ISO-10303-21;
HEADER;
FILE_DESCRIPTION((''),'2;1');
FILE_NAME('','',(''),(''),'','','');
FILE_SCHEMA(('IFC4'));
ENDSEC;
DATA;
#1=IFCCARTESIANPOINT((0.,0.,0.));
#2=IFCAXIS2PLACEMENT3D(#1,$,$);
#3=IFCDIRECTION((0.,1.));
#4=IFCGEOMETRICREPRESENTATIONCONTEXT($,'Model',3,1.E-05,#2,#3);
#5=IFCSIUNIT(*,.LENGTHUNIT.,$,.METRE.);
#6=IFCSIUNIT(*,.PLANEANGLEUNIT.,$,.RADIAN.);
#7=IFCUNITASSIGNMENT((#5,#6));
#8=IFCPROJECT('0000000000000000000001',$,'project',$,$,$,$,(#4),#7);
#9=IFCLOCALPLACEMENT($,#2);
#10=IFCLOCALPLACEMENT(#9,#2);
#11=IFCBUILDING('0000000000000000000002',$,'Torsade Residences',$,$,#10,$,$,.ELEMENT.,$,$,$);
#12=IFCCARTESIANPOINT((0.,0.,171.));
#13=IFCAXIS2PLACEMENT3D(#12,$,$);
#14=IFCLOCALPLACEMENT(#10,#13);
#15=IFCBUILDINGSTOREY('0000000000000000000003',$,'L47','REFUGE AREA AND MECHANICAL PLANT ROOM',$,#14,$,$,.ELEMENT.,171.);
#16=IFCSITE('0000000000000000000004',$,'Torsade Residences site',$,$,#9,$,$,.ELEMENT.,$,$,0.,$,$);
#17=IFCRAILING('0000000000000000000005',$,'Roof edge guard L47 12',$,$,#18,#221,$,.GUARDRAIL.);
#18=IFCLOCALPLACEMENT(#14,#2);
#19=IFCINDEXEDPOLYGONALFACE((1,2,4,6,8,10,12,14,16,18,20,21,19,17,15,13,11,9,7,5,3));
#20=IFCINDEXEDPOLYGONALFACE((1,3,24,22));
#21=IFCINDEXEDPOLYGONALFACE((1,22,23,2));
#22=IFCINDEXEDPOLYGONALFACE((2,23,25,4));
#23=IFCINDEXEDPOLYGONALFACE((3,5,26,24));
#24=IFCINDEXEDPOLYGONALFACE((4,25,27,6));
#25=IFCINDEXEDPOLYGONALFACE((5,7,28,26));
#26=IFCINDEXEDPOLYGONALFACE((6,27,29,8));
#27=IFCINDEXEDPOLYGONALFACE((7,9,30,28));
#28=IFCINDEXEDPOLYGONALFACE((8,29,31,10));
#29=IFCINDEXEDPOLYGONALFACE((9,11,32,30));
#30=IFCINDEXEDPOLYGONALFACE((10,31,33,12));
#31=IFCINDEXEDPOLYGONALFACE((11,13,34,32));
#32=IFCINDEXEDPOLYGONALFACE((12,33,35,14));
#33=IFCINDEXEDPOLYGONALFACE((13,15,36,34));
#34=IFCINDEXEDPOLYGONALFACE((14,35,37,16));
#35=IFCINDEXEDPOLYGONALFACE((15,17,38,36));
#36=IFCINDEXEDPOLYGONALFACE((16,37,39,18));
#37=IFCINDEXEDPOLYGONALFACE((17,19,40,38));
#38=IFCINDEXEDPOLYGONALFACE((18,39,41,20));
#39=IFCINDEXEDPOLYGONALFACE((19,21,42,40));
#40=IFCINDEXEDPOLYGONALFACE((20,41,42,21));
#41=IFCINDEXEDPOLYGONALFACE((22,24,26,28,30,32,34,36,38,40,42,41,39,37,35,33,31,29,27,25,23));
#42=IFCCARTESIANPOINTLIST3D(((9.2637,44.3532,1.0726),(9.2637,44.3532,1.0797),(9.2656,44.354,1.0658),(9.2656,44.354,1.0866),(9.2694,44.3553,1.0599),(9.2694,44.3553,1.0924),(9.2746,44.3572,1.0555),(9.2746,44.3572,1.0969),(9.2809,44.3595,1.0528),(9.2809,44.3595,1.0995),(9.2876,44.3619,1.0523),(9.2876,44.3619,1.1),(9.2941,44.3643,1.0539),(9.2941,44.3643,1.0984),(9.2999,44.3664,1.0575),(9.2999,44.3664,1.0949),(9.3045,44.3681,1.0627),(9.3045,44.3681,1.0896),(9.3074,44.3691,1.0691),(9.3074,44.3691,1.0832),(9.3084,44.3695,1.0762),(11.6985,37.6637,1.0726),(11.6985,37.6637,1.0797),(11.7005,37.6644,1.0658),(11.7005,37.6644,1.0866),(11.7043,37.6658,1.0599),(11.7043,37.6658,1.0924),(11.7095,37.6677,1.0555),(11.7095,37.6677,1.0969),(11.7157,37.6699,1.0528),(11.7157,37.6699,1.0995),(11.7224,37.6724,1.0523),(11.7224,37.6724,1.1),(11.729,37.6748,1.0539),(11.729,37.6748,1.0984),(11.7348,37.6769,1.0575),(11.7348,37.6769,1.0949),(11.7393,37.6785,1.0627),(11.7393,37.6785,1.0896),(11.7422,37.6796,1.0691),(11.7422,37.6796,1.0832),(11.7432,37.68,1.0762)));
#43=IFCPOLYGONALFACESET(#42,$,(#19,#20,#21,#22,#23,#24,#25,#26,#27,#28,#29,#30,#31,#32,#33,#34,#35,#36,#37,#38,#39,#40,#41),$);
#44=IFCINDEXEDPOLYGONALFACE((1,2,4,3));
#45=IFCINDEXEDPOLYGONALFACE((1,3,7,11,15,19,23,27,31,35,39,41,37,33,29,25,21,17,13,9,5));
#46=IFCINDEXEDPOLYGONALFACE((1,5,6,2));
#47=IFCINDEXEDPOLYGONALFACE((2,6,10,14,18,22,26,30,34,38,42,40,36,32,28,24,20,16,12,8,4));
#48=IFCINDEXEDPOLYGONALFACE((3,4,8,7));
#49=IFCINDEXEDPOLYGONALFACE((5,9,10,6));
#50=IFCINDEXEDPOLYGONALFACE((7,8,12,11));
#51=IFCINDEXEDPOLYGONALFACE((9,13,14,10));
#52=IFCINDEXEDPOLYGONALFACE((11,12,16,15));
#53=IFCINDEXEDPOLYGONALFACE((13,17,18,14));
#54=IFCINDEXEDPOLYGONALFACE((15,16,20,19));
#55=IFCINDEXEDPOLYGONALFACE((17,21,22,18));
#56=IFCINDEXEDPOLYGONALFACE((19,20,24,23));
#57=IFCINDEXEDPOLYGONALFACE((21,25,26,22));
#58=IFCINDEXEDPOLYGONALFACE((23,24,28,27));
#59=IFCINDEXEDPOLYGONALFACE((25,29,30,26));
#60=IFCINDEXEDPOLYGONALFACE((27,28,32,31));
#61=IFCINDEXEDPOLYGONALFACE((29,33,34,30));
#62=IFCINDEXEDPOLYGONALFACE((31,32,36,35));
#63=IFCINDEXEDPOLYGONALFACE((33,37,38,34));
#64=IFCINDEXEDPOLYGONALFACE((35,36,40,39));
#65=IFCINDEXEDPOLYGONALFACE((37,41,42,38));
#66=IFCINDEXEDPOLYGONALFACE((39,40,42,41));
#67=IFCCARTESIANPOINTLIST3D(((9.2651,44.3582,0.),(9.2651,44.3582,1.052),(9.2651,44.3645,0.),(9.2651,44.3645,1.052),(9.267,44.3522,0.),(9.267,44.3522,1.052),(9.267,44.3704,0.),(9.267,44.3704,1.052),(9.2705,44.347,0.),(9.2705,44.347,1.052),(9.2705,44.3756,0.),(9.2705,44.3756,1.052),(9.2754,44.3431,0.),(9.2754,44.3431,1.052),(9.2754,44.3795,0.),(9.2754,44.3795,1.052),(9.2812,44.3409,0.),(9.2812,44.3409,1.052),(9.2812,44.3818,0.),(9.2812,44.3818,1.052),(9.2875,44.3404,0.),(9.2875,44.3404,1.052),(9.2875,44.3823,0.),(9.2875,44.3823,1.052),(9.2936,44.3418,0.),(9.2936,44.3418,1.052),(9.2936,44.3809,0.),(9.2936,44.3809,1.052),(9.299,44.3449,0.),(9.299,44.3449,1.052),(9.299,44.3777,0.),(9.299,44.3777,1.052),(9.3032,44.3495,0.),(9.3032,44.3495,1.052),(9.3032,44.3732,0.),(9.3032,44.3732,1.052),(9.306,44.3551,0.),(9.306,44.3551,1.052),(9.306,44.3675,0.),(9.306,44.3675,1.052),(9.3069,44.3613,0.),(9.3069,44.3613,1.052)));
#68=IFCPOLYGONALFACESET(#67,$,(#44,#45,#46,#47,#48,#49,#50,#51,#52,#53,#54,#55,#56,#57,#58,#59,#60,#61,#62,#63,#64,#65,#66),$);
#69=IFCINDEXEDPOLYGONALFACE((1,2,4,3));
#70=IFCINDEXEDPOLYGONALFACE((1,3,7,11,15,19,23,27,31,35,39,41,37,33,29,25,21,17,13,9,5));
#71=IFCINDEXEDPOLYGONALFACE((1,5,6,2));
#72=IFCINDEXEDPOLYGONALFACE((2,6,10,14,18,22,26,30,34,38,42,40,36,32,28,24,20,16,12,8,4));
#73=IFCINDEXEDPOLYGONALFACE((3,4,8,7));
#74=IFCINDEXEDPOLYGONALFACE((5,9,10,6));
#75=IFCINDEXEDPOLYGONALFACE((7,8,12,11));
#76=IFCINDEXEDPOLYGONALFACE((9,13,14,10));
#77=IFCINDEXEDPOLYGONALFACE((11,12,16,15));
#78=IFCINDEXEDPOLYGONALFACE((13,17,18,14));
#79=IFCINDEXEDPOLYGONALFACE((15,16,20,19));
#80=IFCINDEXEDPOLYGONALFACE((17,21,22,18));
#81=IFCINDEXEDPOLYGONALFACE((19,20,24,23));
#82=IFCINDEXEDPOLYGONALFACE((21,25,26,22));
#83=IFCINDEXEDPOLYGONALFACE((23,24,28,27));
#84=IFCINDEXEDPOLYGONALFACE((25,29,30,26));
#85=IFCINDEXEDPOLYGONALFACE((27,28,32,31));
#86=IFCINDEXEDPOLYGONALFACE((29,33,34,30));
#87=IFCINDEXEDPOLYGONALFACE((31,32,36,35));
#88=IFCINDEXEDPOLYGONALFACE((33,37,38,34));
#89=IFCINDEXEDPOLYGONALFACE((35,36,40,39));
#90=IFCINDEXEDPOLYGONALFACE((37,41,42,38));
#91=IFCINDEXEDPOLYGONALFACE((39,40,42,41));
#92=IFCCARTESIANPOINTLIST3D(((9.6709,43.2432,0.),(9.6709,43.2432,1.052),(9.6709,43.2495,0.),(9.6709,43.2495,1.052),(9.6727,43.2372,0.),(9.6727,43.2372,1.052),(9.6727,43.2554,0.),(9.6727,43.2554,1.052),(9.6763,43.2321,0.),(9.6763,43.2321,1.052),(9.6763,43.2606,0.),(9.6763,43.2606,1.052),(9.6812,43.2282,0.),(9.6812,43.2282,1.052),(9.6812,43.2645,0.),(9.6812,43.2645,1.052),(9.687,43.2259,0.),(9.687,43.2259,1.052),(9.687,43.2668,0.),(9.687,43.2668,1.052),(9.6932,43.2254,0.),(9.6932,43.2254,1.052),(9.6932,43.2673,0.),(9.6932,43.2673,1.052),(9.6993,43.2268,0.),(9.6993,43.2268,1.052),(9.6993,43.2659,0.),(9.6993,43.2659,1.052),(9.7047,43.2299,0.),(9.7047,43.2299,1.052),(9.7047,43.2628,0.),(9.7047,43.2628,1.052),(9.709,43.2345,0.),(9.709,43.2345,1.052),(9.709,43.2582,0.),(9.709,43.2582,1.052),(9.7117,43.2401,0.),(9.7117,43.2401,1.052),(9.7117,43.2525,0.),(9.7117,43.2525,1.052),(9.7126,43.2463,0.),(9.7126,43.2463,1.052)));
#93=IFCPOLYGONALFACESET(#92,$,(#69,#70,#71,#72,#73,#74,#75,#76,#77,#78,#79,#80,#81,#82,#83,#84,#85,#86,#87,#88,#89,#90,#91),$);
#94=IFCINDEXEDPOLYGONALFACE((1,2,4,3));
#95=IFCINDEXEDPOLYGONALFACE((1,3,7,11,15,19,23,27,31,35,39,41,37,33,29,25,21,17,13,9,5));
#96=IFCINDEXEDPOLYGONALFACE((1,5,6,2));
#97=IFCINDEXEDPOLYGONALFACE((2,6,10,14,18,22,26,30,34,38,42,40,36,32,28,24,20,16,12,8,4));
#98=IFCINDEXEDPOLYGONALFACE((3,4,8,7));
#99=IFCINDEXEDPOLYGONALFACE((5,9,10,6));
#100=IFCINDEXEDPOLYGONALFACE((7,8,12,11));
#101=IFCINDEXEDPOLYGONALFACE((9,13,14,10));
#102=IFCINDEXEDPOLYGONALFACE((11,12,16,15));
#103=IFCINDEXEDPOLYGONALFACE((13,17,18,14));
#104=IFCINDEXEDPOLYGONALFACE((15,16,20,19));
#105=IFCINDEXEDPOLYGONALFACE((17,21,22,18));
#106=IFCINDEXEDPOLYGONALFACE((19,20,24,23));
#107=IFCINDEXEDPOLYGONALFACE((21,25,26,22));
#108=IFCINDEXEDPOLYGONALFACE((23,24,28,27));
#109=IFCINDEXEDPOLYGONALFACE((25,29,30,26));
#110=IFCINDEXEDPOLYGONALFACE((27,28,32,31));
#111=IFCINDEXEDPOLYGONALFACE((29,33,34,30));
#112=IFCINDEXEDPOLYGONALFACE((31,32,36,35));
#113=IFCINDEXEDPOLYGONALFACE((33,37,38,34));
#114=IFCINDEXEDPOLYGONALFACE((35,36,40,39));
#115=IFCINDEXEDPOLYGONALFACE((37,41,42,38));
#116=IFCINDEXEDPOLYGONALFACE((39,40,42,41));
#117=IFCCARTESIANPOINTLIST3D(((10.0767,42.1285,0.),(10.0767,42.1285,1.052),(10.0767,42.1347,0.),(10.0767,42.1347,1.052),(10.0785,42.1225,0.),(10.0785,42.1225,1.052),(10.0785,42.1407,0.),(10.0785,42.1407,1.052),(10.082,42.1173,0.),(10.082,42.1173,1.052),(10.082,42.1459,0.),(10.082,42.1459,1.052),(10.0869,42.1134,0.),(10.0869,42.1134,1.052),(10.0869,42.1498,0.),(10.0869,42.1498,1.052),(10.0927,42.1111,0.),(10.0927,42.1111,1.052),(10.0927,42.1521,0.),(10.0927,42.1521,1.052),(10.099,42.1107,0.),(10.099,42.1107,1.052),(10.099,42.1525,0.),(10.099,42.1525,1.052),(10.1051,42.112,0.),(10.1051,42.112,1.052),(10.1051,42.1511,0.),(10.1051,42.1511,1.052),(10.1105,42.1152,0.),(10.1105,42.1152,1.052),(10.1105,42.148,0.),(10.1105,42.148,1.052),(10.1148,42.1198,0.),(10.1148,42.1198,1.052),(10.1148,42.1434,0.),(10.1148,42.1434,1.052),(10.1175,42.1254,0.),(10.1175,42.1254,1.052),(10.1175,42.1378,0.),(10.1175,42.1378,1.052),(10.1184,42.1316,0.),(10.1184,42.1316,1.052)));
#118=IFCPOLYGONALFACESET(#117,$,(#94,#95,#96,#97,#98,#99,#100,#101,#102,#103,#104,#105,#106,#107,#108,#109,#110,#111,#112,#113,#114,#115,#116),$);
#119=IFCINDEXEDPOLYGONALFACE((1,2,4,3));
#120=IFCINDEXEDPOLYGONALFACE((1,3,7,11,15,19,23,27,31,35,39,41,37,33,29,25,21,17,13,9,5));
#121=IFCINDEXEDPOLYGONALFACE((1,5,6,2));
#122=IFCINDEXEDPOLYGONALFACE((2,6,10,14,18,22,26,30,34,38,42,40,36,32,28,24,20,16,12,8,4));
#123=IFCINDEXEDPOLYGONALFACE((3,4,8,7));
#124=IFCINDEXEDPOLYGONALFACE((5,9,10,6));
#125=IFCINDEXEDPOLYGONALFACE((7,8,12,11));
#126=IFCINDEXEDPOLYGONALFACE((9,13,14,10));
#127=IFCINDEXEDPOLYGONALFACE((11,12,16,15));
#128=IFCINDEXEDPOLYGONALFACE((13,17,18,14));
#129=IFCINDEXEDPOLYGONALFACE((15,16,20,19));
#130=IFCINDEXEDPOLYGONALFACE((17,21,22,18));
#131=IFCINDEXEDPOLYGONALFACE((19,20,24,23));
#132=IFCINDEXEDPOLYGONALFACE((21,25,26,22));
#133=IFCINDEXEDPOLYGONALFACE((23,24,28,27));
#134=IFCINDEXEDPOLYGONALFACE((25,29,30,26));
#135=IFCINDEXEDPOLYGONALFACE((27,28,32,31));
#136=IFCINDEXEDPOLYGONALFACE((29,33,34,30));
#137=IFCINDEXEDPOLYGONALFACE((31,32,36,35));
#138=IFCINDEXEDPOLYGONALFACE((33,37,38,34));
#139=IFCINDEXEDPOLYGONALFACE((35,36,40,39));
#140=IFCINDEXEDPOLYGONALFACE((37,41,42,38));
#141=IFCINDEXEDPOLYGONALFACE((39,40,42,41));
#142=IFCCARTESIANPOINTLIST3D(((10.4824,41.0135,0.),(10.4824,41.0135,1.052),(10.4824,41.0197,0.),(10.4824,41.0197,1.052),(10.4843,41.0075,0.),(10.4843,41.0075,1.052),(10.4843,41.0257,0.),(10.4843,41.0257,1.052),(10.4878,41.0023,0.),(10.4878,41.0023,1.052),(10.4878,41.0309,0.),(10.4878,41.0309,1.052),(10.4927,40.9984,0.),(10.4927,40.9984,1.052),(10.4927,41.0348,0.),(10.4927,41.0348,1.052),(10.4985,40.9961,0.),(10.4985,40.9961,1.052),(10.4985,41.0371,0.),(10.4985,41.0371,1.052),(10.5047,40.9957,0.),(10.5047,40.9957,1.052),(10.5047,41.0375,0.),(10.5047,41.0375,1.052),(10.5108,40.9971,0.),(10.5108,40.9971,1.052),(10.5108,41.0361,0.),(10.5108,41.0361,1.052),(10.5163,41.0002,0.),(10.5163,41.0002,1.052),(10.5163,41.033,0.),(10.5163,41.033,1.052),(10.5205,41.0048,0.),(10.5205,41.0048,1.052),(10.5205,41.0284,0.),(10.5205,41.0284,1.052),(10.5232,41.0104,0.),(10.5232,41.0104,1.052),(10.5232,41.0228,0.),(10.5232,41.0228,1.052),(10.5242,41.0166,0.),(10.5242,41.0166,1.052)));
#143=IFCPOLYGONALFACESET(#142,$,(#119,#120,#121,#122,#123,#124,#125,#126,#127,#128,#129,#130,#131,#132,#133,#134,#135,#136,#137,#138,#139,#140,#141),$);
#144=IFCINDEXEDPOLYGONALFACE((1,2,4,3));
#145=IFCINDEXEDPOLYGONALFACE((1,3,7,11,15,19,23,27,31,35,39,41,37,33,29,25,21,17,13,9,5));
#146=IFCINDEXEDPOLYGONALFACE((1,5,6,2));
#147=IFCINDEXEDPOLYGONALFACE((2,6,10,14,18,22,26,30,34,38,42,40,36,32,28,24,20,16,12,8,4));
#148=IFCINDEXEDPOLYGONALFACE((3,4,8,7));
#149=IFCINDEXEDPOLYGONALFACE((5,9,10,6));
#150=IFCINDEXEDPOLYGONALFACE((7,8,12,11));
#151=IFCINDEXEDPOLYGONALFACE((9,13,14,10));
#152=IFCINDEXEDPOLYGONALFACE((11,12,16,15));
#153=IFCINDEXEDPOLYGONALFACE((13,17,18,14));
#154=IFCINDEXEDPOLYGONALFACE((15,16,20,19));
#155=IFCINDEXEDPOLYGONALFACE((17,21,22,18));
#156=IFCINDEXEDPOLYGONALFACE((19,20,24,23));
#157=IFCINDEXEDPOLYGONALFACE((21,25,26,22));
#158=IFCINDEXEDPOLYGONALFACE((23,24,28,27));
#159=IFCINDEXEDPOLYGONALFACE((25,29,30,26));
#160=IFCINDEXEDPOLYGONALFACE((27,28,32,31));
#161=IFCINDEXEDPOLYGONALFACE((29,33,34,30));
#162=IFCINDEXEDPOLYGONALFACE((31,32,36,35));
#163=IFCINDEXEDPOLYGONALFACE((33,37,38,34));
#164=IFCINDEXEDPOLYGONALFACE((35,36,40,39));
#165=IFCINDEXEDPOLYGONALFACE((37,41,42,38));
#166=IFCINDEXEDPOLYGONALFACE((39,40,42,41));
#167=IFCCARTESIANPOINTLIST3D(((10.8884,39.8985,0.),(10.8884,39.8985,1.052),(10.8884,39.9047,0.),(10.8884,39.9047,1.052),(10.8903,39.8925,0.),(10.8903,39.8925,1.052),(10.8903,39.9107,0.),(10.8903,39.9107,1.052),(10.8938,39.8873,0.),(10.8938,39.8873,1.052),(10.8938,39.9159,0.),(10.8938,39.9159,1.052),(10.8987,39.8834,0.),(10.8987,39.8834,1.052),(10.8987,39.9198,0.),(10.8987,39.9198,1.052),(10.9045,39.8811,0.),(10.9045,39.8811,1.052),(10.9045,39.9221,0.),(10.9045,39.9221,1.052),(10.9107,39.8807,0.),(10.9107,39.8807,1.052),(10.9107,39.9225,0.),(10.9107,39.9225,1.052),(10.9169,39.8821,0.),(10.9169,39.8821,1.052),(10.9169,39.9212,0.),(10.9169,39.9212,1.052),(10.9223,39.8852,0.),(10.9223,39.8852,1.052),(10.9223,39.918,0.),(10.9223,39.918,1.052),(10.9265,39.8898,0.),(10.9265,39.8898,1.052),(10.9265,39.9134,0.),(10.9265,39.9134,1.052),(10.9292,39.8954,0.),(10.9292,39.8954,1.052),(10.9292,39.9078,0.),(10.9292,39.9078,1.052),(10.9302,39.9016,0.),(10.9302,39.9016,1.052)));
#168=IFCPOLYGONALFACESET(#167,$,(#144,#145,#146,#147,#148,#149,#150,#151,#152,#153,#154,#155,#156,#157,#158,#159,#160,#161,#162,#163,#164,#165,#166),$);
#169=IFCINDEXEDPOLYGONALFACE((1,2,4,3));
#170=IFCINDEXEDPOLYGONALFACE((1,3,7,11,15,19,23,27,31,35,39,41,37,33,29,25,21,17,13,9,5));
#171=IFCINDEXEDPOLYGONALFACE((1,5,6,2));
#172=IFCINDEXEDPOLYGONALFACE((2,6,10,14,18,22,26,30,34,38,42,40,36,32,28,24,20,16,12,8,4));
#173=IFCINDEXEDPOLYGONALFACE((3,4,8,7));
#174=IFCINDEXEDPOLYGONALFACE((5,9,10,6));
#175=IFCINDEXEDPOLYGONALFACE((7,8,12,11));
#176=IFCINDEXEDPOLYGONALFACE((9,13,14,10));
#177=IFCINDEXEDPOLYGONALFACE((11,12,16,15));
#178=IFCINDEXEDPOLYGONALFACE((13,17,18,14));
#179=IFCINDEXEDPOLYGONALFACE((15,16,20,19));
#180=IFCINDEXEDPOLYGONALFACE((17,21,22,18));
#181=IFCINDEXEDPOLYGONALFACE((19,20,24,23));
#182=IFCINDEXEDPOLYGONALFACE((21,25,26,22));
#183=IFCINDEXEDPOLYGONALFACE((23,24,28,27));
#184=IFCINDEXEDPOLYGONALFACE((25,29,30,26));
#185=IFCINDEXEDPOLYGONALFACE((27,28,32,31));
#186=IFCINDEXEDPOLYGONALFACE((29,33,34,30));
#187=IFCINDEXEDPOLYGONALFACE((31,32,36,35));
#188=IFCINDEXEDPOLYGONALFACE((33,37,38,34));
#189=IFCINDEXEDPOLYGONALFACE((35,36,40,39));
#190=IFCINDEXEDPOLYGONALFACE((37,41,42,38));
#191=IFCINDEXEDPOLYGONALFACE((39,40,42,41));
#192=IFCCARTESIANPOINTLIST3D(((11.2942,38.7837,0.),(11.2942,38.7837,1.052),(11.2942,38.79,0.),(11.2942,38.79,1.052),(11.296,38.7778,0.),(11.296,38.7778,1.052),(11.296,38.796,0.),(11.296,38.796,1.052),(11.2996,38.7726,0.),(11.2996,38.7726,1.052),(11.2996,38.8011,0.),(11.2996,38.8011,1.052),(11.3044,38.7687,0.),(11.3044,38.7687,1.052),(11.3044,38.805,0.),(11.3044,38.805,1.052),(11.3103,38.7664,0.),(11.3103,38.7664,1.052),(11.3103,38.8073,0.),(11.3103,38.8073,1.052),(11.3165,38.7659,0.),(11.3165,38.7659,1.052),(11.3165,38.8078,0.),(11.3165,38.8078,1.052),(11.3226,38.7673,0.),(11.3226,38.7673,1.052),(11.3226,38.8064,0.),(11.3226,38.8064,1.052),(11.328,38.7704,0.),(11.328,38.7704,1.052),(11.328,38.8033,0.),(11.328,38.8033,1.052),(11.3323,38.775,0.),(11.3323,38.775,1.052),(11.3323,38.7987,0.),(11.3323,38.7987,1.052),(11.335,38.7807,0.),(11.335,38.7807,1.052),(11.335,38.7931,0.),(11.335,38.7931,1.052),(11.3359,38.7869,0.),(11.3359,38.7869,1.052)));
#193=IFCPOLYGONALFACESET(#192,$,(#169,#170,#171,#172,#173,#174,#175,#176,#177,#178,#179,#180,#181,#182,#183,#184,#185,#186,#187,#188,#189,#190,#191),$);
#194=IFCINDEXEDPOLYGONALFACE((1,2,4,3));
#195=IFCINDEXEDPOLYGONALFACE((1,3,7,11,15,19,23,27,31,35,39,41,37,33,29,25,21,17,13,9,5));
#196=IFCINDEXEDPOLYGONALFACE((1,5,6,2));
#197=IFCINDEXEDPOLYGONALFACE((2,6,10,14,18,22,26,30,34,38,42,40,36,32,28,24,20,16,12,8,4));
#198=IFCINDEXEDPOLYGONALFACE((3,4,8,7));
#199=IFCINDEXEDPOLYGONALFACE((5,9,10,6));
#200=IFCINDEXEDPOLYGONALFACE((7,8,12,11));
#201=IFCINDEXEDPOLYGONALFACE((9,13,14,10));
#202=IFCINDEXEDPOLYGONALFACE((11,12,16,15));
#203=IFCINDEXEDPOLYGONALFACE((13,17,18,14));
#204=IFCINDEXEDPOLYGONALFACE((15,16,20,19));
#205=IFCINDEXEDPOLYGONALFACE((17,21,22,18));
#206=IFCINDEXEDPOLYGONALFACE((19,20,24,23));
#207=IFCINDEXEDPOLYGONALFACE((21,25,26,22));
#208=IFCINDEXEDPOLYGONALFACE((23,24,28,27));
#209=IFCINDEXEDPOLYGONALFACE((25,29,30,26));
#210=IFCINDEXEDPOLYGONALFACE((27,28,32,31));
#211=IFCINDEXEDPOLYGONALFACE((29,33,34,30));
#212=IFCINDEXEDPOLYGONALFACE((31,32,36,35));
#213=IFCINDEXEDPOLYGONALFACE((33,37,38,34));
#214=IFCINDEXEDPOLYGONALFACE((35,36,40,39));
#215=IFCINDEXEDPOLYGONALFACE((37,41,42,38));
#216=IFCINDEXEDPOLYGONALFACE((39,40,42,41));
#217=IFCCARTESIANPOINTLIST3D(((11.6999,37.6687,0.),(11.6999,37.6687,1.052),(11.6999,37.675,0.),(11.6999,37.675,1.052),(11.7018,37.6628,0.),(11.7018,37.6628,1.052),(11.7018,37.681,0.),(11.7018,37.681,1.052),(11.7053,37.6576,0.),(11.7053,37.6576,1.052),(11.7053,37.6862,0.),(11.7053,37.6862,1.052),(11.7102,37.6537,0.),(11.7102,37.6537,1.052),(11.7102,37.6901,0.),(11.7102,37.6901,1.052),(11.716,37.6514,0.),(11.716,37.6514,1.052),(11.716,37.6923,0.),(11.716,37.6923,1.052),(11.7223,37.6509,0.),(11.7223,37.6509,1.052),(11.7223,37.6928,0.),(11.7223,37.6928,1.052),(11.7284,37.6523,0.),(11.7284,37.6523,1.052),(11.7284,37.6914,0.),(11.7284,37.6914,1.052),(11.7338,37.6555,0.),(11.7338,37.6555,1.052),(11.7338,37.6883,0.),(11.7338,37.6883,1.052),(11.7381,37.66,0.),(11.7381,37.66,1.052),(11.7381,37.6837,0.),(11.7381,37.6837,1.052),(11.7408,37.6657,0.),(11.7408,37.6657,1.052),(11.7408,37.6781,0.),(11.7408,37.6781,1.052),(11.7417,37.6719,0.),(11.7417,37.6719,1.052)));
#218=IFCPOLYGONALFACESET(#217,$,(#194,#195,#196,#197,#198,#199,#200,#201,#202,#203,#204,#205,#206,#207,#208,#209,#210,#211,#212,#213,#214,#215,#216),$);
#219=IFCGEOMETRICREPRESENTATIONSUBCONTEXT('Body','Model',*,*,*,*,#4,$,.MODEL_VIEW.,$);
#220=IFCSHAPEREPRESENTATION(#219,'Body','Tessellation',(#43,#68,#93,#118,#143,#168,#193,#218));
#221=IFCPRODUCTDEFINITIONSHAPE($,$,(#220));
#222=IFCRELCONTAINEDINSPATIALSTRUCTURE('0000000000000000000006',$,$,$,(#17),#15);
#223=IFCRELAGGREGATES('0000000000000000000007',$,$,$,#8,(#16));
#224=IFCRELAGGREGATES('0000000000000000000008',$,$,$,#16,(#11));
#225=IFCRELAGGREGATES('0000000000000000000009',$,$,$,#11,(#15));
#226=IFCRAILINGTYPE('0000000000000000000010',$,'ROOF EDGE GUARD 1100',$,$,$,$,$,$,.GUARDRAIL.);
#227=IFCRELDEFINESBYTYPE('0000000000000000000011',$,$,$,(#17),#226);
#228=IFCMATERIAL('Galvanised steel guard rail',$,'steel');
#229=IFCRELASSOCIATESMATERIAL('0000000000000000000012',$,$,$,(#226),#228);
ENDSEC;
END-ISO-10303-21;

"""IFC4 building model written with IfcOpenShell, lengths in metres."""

from ifc_helpers import new_model, si_unit, direction, frame, origin, origin_2d, place, context, subcontext, project, spatial, circle, extrude, material, type_object, element, save


model = new_model("IFC4")

# Units and contexts
model_context = context("Model", 3, precision=1e-05, world=origin(), true_north=direction((0.0, 1.0)))
body_context = subcontext(model_context, "Body", "Model", "MODEL_VIEW")
ifc_project = project(units=[si_unit("LENGTHUNIT", "METRE"), si_unit("PLANEANGLEUNIT", "RADIAN")], contexts=[model_context])

# Site, building, storey
site_placement = place(None, origin())
site = spatial("IfcSite", under=ifc_project, at=site_placement, Name="Torsade Residences site", CompositionType="ELEMENT", RefElevation=0.0)
building_placement = place(site_placement, origin())
building = spatial("IfcBuilding", under=site, at=building_placement, Name="Torsade Residences", CompositionType="ELEMENT")
storey_placement = place(building_placement, frame((0.0, 0.0, 171.0)))
storey = spatial("IfcBuildingStorey", under=building, at=storey_placement, Name="L47", Description="REFUGE AREA AND MECHANICAL PLANT ROOM", CompositionType="ELEMENT", Elevation=171.0)

# Railing
ifc_material_1 = material(Name="Galvanised steel guard rail", Category="steel")
railing_type = type_object("IfcRailingType", Name="ROOF EDGE GUARD 1100", PredefinedType="GUARDRAIL", material=ifc_material_1)
railing_1_placement = place(storey_placement, frame((9.2859, 44.3613, 0.0)))
element("IfcRailing", 1, at=railing_1_placement, inside=storey, type_object=railing_type, Name="Roof edge guard L47 12", PredefinedType="GUARDRAIL", context=body_context, shape_type="SweptSolid", body=[
    extrude(circle(Radius=0.0239, at=origin_2d()), frame((0.0, 0.0, 1.0762), z_axis=(0.342027, -0.93969, 0.0), x_axis=(0.93969, 0.342027, 0.0)), (0.0, 0.0, 1.0), 7.1189),
    extrude(circle(Radius=0.021, at=origin_2d()), origin(), (0.0, 0.0, 1.0), 1.052),
    extrude(circle(Radius=0.021, at=origin_2d()), frame((0.4058, -1.115, 0.0)), (0.0, 0.0, 1.0), 1.052),
    extrude(circle(Radius=0.021, at=origin_2d()), frame((0.8115, -2.2297, 0.0)), (0.0, 0.0, 1.0), 1.052),
    extrude(circle(Radius=0.021, at=origin_2d()), frame((1.2173, -3.3447, 0.0)), (0.0, 0.0, 1.0), 1.052),
    extrude(circle(Radius=0.021, at=origin_2d()), frame((1.6233, -4.4597, 0.0)), (0.0, 0.0, 1.0), 1.052),
    extrude(circle(Radius=0.021, at=origin_2d()), frame((2.0291, -5.5745, 0.0)), (0.0, 0.0, 1.0), 1.052),
    extrude(circle(Radius=0.021, at=origin_2d()), frame((2.4348, -6.6895, 0.0)), (0.0, 0.0, 1.0), 1.052),
])

save(model, "model.ifc")
